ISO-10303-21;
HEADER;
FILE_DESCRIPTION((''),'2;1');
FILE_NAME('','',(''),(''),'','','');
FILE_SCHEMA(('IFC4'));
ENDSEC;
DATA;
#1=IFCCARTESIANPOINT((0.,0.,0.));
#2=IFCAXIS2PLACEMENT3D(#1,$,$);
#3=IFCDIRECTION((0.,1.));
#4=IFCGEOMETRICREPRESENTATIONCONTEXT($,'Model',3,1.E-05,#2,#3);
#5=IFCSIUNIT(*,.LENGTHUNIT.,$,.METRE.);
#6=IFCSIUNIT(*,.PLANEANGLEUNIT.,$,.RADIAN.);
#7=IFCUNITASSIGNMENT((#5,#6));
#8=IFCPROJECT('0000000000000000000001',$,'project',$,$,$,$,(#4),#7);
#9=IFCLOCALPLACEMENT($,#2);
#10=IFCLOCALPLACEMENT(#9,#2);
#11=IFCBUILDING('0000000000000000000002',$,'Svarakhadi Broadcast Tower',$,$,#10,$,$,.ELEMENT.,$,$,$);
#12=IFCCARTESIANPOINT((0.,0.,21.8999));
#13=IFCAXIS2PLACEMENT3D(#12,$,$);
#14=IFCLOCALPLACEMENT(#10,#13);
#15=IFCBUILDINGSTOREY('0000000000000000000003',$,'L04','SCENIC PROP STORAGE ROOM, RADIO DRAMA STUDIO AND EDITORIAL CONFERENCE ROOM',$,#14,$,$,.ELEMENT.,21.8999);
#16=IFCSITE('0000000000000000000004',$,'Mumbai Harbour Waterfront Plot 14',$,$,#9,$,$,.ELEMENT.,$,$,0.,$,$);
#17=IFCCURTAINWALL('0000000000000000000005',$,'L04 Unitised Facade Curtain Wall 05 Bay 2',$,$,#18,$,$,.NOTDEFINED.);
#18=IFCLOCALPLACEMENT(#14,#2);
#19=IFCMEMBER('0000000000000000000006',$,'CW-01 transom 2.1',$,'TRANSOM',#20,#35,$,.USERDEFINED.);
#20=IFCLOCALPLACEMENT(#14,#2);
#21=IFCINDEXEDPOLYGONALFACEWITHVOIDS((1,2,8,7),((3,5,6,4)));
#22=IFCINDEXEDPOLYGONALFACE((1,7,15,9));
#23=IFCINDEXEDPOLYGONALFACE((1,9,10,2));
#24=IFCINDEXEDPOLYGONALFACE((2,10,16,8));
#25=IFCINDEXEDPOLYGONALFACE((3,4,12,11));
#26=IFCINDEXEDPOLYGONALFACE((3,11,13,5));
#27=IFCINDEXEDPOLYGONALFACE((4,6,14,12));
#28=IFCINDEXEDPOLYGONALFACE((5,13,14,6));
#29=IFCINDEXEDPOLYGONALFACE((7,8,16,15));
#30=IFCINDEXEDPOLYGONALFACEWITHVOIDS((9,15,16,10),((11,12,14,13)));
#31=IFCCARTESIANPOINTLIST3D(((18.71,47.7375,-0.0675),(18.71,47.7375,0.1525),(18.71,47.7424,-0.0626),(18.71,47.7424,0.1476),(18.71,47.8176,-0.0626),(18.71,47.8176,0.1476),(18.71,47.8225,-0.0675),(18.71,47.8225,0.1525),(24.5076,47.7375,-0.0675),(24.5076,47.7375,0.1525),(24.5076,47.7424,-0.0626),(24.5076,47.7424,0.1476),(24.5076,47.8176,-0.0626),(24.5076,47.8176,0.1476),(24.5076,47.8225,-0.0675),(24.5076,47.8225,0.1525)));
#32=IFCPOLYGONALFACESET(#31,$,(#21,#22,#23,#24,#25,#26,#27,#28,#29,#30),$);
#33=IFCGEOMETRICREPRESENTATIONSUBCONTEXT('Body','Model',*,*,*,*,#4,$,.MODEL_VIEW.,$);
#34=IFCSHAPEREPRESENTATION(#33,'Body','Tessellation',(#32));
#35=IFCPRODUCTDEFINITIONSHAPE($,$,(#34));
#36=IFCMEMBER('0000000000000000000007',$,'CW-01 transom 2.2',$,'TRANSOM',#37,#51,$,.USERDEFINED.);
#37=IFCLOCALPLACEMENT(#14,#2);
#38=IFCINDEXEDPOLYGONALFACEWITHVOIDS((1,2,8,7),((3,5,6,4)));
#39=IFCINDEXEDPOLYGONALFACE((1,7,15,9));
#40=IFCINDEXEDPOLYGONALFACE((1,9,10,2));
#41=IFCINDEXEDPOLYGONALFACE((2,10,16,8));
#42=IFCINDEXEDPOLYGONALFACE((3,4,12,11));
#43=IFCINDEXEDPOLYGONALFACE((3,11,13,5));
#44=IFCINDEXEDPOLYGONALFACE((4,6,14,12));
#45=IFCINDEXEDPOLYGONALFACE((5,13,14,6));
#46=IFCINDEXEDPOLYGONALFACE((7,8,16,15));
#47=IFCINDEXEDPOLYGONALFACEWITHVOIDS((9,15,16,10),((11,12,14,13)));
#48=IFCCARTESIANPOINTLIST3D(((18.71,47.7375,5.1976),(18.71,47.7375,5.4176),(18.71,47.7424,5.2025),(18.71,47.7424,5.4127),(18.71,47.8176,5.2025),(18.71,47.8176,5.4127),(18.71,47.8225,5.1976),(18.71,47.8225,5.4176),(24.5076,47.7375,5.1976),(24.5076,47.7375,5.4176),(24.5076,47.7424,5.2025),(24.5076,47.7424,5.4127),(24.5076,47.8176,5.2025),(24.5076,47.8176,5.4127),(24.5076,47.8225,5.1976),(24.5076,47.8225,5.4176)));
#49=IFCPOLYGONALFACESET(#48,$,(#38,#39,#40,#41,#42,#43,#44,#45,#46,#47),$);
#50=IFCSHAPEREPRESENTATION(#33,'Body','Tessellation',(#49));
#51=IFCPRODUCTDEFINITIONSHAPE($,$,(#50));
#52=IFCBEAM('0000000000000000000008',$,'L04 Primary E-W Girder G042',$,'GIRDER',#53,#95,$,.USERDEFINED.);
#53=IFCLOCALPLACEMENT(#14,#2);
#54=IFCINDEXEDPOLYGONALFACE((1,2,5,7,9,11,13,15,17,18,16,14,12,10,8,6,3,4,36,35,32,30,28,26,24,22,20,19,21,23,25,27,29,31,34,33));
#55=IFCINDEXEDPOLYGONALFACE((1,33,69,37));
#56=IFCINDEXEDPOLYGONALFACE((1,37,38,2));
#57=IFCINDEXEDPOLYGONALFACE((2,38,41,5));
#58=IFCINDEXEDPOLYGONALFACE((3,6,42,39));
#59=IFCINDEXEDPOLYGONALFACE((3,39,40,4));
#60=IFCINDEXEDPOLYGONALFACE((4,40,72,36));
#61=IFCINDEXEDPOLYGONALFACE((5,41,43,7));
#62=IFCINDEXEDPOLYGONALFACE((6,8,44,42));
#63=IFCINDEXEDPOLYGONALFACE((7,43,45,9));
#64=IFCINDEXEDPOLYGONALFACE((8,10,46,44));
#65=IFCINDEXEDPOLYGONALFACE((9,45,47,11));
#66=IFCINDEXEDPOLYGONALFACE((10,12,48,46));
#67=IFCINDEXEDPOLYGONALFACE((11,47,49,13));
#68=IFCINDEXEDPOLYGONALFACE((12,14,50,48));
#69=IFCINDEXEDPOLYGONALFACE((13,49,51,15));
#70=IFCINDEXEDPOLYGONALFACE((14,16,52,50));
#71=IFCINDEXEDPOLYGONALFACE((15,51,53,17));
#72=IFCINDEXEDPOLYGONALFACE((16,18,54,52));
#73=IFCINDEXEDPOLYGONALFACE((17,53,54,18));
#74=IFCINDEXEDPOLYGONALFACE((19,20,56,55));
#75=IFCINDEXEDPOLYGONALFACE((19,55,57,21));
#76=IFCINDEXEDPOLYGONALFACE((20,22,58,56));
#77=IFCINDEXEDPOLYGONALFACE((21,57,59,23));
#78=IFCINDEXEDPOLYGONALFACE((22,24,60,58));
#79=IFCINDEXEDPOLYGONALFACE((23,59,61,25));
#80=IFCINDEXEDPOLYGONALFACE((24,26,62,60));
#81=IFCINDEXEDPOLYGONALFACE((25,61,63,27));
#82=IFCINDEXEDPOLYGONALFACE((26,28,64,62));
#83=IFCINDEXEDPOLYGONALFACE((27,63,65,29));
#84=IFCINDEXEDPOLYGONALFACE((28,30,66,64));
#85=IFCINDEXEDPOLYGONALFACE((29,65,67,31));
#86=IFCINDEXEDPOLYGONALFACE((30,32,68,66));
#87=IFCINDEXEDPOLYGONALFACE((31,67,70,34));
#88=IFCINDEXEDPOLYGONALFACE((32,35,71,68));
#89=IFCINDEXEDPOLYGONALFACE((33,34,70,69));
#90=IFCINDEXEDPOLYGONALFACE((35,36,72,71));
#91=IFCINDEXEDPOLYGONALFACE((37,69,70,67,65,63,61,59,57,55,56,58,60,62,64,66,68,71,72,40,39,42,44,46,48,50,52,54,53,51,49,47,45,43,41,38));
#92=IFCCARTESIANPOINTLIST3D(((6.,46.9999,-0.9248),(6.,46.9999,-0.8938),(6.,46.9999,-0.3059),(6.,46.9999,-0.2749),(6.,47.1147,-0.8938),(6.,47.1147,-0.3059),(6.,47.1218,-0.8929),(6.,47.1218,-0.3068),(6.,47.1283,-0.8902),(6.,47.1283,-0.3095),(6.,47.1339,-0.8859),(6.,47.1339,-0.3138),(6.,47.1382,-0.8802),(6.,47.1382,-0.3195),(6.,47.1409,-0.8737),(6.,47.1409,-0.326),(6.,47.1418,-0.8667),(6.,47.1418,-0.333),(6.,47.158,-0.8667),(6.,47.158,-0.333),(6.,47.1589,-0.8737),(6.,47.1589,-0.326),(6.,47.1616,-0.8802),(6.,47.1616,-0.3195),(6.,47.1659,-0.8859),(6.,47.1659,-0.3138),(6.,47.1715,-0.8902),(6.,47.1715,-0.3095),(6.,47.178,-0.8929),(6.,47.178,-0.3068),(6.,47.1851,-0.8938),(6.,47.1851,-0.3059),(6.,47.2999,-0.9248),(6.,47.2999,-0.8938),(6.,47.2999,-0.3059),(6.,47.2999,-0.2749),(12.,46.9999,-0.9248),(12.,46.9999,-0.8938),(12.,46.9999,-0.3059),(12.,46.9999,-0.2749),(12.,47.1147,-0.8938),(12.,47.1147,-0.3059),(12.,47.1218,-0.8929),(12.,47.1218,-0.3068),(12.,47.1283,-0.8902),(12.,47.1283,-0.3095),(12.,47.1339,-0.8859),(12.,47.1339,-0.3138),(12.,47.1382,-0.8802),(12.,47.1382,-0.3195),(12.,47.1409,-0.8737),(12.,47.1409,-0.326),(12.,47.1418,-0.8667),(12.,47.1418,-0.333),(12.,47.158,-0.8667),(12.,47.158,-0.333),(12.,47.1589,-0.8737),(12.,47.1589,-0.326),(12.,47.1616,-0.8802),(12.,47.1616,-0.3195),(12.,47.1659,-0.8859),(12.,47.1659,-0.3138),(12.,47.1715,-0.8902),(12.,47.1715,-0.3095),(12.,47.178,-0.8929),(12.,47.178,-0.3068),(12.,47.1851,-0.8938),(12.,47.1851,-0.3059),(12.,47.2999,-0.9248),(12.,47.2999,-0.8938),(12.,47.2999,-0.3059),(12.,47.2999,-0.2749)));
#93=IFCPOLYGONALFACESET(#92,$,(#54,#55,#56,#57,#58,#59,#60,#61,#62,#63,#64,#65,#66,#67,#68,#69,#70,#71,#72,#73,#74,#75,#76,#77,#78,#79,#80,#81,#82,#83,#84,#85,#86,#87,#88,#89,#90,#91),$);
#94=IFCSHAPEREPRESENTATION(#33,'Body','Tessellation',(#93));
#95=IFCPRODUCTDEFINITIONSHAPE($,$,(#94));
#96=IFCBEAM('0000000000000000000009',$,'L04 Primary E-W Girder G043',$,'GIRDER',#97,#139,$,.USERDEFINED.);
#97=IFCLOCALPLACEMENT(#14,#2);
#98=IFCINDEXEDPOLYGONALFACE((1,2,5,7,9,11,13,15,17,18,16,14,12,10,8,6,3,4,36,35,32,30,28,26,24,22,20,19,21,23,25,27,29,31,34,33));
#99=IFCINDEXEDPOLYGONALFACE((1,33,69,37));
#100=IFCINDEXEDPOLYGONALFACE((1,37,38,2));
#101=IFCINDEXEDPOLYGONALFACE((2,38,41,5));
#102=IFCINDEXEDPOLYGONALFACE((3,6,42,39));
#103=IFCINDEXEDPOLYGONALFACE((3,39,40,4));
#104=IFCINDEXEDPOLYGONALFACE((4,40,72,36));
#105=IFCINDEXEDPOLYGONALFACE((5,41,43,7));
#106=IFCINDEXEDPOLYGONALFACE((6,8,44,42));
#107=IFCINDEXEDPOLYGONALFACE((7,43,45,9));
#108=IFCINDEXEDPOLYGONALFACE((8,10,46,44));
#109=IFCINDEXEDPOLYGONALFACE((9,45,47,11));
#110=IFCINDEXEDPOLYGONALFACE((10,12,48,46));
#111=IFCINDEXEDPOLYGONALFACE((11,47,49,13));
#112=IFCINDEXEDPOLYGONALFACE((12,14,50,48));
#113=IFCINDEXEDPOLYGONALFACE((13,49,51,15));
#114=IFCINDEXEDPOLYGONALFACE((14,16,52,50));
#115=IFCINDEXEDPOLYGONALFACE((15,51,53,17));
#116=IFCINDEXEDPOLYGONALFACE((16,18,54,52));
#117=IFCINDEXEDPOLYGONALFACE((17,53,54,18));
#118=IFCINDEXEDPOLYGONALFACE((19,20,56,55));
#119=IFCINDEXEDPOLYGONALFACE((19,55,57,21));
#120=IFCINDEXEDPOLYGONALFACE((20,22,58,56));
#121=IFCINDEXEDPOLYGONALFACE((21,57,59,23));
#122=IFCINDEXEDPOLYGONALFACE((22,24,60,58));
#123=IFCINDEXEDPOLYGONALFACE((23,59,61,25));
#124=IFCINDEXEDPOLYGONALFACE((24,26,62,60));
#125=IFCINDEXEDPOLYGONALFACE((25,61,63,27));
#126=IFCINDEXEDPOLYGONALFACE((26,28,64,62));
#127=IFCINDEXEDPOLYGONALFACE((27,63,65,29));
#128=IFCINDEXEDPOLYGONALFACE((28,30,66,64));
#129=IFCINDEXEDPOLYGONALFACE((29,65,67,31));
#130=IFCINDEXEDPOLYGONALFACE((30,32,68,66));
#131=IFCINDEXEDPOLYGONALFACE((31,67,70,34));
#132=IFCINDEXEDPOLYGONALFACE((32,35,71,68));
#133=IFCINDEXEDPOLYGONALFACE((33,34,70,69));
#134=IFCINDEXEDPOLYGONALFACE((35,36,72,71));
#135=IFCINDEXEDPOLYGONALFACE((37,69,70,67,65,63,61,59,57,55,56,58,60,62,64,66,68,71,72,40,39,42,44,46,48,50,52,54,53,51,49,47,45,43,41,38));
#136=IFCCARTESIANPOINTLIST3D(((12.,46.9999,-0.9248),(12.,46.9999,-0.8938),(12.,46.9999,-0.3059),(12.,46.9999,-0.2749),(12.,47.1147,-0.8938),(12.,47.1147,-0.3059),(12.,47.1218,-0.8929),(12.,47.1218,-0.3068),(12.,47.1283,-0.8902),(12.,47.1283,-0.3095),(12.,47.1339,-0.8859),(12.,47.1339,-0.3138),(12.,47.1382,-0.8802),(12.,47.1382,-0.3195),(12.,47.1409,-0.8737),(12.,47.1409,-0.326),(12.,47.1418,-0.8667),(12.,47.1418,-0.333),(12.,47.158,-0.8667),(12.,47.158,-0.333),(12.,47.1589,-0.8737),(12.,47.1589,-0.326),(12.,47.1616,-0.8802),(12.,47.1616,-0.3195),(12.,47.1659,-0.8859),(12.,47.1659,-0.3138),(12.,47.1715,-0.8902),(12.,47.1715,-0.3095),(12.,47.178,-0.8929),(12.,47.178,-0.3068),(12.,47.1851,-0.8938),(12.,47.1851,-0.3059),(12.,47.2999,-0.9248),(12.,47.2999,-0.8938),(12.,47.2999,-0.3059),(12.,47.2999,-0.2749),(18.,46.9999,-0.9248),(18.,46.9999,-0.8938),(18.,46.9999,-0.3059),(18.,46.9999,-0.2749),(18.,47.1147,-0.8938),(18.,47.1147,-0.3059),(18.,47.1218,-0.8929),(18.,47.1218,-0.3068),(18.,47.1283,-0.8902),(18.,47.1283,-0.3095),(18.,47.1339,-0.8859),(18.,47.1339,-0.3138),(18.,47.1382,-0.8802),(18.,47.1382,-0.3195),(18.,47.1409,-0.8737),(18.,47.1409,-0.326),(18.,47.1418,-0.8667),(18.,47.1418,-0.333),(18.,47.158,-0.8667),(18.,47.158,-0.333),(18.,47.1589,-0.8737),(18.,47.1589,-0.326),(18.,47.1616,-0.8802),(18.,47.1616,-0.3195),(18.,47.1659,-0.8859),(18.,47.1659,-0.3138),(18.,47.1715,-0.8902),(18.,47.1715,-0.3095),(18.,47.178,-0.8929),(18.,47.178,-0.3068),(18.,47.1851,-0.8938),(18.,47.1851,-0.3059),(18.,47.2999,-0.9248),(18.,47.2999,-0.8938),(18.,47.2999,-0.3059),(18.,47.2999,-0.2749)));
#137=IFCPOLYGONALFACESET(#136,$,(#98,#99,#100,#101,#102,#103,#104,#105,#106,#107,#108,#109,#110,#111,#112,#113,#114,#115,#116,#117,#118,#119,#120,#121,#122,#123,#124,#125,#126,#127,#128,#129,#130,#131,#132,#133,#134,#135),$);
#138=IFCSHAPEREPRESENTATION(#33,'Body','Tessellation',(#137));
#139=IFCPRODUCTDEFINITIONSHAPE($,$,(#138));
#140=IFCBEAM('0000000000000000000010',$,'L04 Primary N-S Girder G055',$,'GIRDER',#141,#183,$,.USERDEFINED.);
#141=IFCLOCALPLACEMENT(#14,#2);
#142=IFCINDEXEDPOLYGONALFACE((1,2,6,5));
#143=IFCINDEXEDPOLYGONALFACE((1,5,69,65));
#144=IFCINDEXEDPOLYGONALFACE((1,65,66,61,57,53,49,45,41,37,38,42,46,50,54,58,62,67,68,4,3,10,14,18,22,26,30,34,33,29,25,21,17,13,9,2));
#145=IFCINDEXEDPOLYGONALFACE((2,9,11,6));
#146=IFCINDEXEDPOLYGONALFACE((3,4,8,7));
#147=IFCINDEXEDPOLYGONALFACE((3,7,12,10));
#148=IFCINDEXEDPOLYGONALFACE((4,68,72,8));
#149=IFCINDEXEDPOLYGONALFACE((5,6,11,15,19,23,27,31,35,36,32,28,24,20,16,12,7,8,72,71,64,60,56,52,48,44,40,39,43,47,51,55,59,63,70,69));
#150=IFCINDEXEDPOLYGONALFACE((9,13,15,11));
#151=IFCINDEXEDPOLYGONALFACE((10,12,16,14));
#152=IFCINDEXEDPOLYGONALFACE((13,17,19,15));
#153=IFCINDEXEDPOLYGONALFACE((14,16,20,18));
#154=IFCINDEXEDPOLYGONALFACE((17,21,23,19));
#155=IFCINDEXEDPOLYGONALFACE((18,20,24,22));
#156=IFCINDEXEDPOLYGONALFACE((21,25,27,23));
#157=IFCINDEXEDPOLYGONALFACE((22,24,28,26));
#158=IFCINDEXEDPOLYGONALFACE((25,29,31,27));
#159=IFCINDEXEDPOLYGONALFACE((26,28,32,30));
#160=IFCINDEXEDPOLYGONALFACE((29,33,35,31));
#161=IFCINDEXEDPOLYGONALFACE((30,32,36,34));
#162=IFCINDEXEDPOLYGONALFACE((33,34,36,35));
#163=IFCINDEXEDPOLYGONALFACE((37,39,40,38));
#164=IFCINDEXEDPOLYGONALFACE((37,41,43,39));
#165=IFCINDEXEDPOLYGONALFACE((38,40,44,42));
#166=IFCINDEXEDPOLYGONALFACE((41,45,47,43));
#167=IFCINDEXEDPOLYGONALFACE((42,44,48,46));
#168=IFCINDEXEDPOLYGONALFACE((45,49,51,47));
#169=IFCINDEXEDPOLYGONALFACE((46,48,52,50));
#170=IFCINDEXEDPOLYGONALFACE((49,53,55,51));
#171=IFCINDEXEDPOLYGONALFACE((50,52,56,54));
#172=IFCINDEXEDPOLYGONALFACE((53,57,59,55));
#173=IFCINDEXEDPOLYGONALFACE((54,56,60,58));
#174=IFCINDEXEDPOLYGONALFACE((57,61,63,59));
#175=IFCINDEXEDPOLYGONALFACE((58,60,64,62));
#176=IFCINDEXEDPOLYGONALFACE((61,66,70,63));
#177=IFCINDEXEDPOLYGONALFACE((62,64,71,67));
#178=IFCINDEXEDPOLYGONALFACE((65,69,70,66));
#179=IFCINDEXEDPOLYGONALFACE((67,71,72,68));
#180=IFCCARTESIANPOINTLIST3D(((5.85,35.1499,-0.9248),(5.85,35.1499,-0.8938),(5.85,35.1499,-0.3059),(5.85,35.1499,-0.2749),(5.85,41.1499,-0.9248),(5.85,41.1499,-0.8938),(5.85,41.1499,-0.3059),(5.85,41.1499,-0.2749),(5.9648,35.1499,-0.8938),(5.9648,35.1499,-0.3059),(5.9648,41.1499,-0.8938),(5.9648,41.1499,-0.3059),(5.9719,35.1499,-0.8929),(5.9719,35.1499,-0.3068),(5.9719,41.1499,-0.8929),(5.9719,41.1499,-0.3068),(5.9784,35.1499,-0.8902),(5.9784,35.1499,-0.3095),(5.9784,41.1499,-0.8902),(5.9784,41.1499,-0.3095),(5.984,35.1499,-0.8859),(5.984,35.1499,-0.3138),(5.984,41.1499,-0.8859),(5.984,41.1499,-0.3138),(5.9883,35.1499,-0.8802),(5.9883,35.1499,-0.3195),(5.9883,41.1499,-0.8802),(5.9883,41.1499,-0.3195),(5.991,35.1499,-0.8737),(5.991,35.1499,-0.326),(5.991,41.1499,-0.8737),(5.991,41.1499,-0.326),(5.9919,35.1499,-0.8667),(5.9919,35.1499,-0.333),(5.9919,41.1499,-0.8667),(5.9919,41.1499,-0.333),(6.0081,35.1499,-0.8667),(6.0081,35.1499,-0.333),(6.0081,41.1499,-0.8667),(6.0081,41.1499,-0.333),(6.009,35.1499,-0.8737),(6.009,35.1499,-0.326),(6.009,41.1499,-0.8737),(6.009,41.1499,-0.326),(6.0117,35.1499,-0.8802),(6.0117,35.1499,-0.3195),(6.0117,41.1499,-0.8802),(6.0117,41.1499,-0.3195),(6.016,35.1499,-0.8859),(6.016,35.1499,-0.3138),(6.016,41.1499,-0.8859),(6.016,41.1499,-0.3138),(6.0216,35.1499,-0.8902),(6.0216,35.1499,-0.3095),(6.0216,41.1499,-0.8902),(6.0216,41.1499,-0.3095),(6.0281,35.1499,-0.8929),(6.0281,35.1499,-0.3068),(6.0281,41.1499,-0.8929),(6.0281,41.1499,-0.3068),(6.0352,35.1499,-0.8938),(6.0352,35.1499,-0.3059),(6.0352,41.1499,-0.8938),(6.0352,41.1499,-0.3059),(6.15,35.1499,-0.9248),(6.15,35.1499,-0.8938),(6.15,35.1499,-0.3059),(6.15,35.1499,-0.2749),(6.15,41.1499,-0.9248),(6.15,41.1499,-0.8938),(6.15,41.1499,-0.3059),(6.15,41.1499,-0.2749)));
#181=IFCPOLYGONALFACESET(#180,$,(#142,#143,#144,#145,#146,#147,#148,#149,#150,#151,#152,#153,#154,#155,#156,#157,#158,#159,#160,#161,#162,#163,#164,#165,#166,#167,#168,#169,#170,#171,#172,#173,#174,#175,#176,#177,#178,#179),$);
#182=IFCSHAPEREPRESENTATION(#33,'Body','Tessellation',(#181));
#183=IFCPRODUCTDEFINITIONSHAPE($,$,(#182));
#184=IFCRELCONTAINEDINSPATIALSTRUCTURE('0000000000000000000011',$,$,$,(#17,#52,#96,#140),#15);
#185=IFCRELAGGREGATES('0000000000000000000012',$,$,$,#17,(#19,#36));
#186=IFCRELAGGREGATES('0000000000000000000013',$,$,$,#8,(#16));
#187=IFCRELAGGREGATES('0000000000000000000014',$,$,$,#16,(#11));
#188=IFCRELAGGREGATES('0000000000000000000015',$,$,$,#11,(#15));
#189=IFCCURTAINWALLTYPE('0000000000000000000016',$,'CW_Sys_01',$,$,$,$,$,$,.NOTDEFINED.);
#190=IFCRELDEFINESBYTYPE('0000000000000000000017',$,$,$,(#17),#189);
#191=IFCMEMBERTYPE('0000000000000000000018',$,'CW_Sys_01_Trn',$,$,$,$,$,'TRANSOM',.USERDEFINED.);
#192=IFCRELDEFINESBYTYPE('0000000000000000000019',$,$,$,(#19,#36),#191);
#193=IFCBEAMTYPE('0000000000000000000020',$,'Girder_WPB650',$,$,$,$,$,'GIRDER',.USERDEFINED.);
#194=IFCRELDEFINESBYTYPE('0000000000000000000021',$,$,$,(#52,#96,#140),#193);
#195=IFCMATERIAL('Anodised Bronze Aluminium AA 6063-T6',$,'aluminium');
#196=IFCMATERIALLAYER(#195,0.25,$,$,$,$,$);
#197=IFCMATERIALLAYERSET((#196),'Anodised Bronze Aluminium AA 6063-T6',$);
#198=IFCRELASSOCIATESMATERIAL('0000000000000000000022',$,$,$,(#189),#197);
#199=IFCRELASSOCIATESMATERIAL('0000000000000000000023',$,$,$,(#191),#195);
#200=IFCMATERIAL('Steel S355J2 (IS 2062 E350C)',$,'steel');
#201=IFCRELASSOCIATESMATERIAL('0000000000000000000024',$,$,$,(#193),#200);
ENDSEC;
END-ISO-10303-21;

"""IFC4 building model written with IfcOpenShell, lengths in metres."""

from ifc_helpers import new_model, si_unit, direction, frame, origin, origin_2d, place, context, subcontext, project, spatial, hollow_rectangle, i_section, extrude, material, layer, layer_set, material_profile, profile_set, type_object, element, aggregate, save


model = new_model("IFC4")

# Units and contexts
model_context = context("Model", 3, precision=1e-05, world=origin(), true_north=direction((0.0, 1.0)))
body_context = subcontext(model_context, "Body", "Model", "MODEL_VIEW")
ifc_project = project(units=[si_unit("LENGTHUNIT", "METRE"), si_unit("PLANEANGLEUNIT", "RADIAN")], contexts=[model_context])

# Site, building, storey
site_placement = place(None, origin())
site = spatial("IfcSite", under=ifc_project, at=site_placement, Name="Mumbai Harbour Waterfront Plot 14", CompositionType="ELEMENT", RefElevation=0.0)
building_placement = place(site_placement, origin())
building = spatial("IfcBuilding", under=site, at=building_placement, Name="Svarakhadi Broadcast Tower", CompositionType="ELEMENT")
storey_placement = place(building_placement, frame((0.0, 0.0, 21.8999)))
storey = spatial("IfcBuildingStorey", under=building, at=storey_placement, Name="L04", Description="SCENIC PROP STORAGE ROOM, RADIO DRAMA STUDIO AND EDITORIAL CONFERENCE ROOM", CompositionType="ELEMENT", Elevation=21.8999)

# Shared definitions
ifc_material_1 = material(Name="Steel S355J2 (IS 2062 E350C)", Category="steel")

# Shared definitions
ifc_material_2 = material(Name="Anodised Bronze Aluminium AA 6063-T6", Category="aluminium")
ifc_layer_1 = layer(ifc_material_2, 0.25)
ifc_layer_set_1 = layer_set([ifc_layer_1], Name="Anodised Bronze Aluminium AA 6063-T6")
curtain_wall_type = type_object("IfcCurtainWallType", Name="CW_Sys_01", PredefinedType="NOTDEFINED", material=ifc_layer_set_1)

# Curtain wall, members
curtain_wall_1_placement = place(storey_placement, origin())
curtain_wall_1 = element("IfcCurtainWall", 1, at=curtain_wall_1_placement, inside=storey, type_object=curtain_wall_type, Name="L04 Unitised Facade Curtain Wall 05 Bay 2", PredefinedType="NOTDEFINED")
ifc_material_profile_1 = material_profile(ifc_material_2, hollow_rectangle(XDim=0.085, YDim=0.22, WallThickness=0.0049, at=origin_2d()), Name="ALU TRANSOM 220x85x5")
ifc_profile_set_1 = profile_set([ifc_material_profile_1], Name="Anodised Bronze Aluminium AA 6063-T6")
member_type_1 = type_object("IfcMemberType", Name="CW_Sys_01_Trn", ElementType="TRANSOM", PredefinedType="USERDEFINED", material=ifc_profile_set_1)
member_1_placement = place(storey_placement, frame((18.71, 47.78, 0.0425), z_axis=(1.0, 0.0, 0.0), x_axis=(0.0, 1.0, 0.0)))
member_1 = element("IfcMember", 2, at=member_1_placement, type_object=member_type_1, Name="CW-01 transom 2.1", ObjectType="TRANSOM", PredefinedType="USERDEFINED", context=body_context, shape_type="SweptSolid", body=[
    extrude(hollow_rectangle(XDim=0.085, YDim=0.22, WallThickness=0.0049, at=origin_2d()), origin(), (0.0, 0.0, 1.0), 5.7976),
])
member_2_placement = place(storey_placement, frame((18.71, 47.78, 5.3076), z_axis=(1.0, 0.0, 0.0), x_axis=(0.0, 1.0, 0.0)))
member_2 = element("IfcMember", 3, at=member_2_placement, type_object=member_type_1, Name="CW-01 transom 2.2", ObjectType="TRANSOM", PredefinedType="USERDEFINED", context=body_context, shape_type="SweptSolid", body=[
    extrude(hollow_rectangle(XDim=0.085, YDim=0.22, WallThickness=0.0049, at=origin_2d()), origin(), (0.0, 0.0, 1.0), 5.7976),
])

# Beams
ifc_material_profile_2 = material_profile(ifc_material_1, i_section(OverallWidth=0.3, OverallDepth=0.6499, WebThickness=0.0161, FlangeThickness=0.031, FilletRadius=0.0271, at=origin_2d()), Name="WPB 650x300x225")
ifc_profile_set_2 = profile_set([ifc_material_profile_2], Name="Steel S355J2 (IS 2062 E350C)")
beam_type_1 = type_object("IfcBeamType", Name="Girder_WPB650", ElementType="GIRDER", PredefinedType="USERDEFINED", material=ifc_profile_set_2)
for number, where, z_axis, x_axis, name in (
    (4, (6.0, 47.1499, -0.5999), (1.0, 0.0, 0.0), (0.0, 1.0, 0.0), "L04 Primary E-W Girder G042"),
    (5, (12.0, 47.1499, -0.5999), (1.0, 0.0, 0.0), (0.0, 1.0, 0.0), "L04 Primary E-W Girder G043"),
    (6, (6.0, 35.1499, -0.5999), (0.0, 1.0, 0.0), (-1.0, 0.0, 0.0), "L04 Primary N-S Girder G055"),
):
    element("IfcBeam", number, at=place(storey_placement, frame(where, z_axis=z_axis, x_axis=x_axis)), inside=storey, type_object=beam_type_1, Name=name, ObjectType="GIRDER", PredefinedType="USERDEFINED", context=body_context, shape_type="SweptSolid", body=[
        extrude(i_section(OverallWidth=0.3, OverallDepth=0.6499, WebThickness=0.0161, FlangeThickness=0.031, FilletRadius=0.0271, at=origin_2d()), origin(), (0.0, 0.0, 1.0), 6.0),
    ])

aggregate(curtain_wall_1, [member_1, member_2])

save(model, "model.ifc")
